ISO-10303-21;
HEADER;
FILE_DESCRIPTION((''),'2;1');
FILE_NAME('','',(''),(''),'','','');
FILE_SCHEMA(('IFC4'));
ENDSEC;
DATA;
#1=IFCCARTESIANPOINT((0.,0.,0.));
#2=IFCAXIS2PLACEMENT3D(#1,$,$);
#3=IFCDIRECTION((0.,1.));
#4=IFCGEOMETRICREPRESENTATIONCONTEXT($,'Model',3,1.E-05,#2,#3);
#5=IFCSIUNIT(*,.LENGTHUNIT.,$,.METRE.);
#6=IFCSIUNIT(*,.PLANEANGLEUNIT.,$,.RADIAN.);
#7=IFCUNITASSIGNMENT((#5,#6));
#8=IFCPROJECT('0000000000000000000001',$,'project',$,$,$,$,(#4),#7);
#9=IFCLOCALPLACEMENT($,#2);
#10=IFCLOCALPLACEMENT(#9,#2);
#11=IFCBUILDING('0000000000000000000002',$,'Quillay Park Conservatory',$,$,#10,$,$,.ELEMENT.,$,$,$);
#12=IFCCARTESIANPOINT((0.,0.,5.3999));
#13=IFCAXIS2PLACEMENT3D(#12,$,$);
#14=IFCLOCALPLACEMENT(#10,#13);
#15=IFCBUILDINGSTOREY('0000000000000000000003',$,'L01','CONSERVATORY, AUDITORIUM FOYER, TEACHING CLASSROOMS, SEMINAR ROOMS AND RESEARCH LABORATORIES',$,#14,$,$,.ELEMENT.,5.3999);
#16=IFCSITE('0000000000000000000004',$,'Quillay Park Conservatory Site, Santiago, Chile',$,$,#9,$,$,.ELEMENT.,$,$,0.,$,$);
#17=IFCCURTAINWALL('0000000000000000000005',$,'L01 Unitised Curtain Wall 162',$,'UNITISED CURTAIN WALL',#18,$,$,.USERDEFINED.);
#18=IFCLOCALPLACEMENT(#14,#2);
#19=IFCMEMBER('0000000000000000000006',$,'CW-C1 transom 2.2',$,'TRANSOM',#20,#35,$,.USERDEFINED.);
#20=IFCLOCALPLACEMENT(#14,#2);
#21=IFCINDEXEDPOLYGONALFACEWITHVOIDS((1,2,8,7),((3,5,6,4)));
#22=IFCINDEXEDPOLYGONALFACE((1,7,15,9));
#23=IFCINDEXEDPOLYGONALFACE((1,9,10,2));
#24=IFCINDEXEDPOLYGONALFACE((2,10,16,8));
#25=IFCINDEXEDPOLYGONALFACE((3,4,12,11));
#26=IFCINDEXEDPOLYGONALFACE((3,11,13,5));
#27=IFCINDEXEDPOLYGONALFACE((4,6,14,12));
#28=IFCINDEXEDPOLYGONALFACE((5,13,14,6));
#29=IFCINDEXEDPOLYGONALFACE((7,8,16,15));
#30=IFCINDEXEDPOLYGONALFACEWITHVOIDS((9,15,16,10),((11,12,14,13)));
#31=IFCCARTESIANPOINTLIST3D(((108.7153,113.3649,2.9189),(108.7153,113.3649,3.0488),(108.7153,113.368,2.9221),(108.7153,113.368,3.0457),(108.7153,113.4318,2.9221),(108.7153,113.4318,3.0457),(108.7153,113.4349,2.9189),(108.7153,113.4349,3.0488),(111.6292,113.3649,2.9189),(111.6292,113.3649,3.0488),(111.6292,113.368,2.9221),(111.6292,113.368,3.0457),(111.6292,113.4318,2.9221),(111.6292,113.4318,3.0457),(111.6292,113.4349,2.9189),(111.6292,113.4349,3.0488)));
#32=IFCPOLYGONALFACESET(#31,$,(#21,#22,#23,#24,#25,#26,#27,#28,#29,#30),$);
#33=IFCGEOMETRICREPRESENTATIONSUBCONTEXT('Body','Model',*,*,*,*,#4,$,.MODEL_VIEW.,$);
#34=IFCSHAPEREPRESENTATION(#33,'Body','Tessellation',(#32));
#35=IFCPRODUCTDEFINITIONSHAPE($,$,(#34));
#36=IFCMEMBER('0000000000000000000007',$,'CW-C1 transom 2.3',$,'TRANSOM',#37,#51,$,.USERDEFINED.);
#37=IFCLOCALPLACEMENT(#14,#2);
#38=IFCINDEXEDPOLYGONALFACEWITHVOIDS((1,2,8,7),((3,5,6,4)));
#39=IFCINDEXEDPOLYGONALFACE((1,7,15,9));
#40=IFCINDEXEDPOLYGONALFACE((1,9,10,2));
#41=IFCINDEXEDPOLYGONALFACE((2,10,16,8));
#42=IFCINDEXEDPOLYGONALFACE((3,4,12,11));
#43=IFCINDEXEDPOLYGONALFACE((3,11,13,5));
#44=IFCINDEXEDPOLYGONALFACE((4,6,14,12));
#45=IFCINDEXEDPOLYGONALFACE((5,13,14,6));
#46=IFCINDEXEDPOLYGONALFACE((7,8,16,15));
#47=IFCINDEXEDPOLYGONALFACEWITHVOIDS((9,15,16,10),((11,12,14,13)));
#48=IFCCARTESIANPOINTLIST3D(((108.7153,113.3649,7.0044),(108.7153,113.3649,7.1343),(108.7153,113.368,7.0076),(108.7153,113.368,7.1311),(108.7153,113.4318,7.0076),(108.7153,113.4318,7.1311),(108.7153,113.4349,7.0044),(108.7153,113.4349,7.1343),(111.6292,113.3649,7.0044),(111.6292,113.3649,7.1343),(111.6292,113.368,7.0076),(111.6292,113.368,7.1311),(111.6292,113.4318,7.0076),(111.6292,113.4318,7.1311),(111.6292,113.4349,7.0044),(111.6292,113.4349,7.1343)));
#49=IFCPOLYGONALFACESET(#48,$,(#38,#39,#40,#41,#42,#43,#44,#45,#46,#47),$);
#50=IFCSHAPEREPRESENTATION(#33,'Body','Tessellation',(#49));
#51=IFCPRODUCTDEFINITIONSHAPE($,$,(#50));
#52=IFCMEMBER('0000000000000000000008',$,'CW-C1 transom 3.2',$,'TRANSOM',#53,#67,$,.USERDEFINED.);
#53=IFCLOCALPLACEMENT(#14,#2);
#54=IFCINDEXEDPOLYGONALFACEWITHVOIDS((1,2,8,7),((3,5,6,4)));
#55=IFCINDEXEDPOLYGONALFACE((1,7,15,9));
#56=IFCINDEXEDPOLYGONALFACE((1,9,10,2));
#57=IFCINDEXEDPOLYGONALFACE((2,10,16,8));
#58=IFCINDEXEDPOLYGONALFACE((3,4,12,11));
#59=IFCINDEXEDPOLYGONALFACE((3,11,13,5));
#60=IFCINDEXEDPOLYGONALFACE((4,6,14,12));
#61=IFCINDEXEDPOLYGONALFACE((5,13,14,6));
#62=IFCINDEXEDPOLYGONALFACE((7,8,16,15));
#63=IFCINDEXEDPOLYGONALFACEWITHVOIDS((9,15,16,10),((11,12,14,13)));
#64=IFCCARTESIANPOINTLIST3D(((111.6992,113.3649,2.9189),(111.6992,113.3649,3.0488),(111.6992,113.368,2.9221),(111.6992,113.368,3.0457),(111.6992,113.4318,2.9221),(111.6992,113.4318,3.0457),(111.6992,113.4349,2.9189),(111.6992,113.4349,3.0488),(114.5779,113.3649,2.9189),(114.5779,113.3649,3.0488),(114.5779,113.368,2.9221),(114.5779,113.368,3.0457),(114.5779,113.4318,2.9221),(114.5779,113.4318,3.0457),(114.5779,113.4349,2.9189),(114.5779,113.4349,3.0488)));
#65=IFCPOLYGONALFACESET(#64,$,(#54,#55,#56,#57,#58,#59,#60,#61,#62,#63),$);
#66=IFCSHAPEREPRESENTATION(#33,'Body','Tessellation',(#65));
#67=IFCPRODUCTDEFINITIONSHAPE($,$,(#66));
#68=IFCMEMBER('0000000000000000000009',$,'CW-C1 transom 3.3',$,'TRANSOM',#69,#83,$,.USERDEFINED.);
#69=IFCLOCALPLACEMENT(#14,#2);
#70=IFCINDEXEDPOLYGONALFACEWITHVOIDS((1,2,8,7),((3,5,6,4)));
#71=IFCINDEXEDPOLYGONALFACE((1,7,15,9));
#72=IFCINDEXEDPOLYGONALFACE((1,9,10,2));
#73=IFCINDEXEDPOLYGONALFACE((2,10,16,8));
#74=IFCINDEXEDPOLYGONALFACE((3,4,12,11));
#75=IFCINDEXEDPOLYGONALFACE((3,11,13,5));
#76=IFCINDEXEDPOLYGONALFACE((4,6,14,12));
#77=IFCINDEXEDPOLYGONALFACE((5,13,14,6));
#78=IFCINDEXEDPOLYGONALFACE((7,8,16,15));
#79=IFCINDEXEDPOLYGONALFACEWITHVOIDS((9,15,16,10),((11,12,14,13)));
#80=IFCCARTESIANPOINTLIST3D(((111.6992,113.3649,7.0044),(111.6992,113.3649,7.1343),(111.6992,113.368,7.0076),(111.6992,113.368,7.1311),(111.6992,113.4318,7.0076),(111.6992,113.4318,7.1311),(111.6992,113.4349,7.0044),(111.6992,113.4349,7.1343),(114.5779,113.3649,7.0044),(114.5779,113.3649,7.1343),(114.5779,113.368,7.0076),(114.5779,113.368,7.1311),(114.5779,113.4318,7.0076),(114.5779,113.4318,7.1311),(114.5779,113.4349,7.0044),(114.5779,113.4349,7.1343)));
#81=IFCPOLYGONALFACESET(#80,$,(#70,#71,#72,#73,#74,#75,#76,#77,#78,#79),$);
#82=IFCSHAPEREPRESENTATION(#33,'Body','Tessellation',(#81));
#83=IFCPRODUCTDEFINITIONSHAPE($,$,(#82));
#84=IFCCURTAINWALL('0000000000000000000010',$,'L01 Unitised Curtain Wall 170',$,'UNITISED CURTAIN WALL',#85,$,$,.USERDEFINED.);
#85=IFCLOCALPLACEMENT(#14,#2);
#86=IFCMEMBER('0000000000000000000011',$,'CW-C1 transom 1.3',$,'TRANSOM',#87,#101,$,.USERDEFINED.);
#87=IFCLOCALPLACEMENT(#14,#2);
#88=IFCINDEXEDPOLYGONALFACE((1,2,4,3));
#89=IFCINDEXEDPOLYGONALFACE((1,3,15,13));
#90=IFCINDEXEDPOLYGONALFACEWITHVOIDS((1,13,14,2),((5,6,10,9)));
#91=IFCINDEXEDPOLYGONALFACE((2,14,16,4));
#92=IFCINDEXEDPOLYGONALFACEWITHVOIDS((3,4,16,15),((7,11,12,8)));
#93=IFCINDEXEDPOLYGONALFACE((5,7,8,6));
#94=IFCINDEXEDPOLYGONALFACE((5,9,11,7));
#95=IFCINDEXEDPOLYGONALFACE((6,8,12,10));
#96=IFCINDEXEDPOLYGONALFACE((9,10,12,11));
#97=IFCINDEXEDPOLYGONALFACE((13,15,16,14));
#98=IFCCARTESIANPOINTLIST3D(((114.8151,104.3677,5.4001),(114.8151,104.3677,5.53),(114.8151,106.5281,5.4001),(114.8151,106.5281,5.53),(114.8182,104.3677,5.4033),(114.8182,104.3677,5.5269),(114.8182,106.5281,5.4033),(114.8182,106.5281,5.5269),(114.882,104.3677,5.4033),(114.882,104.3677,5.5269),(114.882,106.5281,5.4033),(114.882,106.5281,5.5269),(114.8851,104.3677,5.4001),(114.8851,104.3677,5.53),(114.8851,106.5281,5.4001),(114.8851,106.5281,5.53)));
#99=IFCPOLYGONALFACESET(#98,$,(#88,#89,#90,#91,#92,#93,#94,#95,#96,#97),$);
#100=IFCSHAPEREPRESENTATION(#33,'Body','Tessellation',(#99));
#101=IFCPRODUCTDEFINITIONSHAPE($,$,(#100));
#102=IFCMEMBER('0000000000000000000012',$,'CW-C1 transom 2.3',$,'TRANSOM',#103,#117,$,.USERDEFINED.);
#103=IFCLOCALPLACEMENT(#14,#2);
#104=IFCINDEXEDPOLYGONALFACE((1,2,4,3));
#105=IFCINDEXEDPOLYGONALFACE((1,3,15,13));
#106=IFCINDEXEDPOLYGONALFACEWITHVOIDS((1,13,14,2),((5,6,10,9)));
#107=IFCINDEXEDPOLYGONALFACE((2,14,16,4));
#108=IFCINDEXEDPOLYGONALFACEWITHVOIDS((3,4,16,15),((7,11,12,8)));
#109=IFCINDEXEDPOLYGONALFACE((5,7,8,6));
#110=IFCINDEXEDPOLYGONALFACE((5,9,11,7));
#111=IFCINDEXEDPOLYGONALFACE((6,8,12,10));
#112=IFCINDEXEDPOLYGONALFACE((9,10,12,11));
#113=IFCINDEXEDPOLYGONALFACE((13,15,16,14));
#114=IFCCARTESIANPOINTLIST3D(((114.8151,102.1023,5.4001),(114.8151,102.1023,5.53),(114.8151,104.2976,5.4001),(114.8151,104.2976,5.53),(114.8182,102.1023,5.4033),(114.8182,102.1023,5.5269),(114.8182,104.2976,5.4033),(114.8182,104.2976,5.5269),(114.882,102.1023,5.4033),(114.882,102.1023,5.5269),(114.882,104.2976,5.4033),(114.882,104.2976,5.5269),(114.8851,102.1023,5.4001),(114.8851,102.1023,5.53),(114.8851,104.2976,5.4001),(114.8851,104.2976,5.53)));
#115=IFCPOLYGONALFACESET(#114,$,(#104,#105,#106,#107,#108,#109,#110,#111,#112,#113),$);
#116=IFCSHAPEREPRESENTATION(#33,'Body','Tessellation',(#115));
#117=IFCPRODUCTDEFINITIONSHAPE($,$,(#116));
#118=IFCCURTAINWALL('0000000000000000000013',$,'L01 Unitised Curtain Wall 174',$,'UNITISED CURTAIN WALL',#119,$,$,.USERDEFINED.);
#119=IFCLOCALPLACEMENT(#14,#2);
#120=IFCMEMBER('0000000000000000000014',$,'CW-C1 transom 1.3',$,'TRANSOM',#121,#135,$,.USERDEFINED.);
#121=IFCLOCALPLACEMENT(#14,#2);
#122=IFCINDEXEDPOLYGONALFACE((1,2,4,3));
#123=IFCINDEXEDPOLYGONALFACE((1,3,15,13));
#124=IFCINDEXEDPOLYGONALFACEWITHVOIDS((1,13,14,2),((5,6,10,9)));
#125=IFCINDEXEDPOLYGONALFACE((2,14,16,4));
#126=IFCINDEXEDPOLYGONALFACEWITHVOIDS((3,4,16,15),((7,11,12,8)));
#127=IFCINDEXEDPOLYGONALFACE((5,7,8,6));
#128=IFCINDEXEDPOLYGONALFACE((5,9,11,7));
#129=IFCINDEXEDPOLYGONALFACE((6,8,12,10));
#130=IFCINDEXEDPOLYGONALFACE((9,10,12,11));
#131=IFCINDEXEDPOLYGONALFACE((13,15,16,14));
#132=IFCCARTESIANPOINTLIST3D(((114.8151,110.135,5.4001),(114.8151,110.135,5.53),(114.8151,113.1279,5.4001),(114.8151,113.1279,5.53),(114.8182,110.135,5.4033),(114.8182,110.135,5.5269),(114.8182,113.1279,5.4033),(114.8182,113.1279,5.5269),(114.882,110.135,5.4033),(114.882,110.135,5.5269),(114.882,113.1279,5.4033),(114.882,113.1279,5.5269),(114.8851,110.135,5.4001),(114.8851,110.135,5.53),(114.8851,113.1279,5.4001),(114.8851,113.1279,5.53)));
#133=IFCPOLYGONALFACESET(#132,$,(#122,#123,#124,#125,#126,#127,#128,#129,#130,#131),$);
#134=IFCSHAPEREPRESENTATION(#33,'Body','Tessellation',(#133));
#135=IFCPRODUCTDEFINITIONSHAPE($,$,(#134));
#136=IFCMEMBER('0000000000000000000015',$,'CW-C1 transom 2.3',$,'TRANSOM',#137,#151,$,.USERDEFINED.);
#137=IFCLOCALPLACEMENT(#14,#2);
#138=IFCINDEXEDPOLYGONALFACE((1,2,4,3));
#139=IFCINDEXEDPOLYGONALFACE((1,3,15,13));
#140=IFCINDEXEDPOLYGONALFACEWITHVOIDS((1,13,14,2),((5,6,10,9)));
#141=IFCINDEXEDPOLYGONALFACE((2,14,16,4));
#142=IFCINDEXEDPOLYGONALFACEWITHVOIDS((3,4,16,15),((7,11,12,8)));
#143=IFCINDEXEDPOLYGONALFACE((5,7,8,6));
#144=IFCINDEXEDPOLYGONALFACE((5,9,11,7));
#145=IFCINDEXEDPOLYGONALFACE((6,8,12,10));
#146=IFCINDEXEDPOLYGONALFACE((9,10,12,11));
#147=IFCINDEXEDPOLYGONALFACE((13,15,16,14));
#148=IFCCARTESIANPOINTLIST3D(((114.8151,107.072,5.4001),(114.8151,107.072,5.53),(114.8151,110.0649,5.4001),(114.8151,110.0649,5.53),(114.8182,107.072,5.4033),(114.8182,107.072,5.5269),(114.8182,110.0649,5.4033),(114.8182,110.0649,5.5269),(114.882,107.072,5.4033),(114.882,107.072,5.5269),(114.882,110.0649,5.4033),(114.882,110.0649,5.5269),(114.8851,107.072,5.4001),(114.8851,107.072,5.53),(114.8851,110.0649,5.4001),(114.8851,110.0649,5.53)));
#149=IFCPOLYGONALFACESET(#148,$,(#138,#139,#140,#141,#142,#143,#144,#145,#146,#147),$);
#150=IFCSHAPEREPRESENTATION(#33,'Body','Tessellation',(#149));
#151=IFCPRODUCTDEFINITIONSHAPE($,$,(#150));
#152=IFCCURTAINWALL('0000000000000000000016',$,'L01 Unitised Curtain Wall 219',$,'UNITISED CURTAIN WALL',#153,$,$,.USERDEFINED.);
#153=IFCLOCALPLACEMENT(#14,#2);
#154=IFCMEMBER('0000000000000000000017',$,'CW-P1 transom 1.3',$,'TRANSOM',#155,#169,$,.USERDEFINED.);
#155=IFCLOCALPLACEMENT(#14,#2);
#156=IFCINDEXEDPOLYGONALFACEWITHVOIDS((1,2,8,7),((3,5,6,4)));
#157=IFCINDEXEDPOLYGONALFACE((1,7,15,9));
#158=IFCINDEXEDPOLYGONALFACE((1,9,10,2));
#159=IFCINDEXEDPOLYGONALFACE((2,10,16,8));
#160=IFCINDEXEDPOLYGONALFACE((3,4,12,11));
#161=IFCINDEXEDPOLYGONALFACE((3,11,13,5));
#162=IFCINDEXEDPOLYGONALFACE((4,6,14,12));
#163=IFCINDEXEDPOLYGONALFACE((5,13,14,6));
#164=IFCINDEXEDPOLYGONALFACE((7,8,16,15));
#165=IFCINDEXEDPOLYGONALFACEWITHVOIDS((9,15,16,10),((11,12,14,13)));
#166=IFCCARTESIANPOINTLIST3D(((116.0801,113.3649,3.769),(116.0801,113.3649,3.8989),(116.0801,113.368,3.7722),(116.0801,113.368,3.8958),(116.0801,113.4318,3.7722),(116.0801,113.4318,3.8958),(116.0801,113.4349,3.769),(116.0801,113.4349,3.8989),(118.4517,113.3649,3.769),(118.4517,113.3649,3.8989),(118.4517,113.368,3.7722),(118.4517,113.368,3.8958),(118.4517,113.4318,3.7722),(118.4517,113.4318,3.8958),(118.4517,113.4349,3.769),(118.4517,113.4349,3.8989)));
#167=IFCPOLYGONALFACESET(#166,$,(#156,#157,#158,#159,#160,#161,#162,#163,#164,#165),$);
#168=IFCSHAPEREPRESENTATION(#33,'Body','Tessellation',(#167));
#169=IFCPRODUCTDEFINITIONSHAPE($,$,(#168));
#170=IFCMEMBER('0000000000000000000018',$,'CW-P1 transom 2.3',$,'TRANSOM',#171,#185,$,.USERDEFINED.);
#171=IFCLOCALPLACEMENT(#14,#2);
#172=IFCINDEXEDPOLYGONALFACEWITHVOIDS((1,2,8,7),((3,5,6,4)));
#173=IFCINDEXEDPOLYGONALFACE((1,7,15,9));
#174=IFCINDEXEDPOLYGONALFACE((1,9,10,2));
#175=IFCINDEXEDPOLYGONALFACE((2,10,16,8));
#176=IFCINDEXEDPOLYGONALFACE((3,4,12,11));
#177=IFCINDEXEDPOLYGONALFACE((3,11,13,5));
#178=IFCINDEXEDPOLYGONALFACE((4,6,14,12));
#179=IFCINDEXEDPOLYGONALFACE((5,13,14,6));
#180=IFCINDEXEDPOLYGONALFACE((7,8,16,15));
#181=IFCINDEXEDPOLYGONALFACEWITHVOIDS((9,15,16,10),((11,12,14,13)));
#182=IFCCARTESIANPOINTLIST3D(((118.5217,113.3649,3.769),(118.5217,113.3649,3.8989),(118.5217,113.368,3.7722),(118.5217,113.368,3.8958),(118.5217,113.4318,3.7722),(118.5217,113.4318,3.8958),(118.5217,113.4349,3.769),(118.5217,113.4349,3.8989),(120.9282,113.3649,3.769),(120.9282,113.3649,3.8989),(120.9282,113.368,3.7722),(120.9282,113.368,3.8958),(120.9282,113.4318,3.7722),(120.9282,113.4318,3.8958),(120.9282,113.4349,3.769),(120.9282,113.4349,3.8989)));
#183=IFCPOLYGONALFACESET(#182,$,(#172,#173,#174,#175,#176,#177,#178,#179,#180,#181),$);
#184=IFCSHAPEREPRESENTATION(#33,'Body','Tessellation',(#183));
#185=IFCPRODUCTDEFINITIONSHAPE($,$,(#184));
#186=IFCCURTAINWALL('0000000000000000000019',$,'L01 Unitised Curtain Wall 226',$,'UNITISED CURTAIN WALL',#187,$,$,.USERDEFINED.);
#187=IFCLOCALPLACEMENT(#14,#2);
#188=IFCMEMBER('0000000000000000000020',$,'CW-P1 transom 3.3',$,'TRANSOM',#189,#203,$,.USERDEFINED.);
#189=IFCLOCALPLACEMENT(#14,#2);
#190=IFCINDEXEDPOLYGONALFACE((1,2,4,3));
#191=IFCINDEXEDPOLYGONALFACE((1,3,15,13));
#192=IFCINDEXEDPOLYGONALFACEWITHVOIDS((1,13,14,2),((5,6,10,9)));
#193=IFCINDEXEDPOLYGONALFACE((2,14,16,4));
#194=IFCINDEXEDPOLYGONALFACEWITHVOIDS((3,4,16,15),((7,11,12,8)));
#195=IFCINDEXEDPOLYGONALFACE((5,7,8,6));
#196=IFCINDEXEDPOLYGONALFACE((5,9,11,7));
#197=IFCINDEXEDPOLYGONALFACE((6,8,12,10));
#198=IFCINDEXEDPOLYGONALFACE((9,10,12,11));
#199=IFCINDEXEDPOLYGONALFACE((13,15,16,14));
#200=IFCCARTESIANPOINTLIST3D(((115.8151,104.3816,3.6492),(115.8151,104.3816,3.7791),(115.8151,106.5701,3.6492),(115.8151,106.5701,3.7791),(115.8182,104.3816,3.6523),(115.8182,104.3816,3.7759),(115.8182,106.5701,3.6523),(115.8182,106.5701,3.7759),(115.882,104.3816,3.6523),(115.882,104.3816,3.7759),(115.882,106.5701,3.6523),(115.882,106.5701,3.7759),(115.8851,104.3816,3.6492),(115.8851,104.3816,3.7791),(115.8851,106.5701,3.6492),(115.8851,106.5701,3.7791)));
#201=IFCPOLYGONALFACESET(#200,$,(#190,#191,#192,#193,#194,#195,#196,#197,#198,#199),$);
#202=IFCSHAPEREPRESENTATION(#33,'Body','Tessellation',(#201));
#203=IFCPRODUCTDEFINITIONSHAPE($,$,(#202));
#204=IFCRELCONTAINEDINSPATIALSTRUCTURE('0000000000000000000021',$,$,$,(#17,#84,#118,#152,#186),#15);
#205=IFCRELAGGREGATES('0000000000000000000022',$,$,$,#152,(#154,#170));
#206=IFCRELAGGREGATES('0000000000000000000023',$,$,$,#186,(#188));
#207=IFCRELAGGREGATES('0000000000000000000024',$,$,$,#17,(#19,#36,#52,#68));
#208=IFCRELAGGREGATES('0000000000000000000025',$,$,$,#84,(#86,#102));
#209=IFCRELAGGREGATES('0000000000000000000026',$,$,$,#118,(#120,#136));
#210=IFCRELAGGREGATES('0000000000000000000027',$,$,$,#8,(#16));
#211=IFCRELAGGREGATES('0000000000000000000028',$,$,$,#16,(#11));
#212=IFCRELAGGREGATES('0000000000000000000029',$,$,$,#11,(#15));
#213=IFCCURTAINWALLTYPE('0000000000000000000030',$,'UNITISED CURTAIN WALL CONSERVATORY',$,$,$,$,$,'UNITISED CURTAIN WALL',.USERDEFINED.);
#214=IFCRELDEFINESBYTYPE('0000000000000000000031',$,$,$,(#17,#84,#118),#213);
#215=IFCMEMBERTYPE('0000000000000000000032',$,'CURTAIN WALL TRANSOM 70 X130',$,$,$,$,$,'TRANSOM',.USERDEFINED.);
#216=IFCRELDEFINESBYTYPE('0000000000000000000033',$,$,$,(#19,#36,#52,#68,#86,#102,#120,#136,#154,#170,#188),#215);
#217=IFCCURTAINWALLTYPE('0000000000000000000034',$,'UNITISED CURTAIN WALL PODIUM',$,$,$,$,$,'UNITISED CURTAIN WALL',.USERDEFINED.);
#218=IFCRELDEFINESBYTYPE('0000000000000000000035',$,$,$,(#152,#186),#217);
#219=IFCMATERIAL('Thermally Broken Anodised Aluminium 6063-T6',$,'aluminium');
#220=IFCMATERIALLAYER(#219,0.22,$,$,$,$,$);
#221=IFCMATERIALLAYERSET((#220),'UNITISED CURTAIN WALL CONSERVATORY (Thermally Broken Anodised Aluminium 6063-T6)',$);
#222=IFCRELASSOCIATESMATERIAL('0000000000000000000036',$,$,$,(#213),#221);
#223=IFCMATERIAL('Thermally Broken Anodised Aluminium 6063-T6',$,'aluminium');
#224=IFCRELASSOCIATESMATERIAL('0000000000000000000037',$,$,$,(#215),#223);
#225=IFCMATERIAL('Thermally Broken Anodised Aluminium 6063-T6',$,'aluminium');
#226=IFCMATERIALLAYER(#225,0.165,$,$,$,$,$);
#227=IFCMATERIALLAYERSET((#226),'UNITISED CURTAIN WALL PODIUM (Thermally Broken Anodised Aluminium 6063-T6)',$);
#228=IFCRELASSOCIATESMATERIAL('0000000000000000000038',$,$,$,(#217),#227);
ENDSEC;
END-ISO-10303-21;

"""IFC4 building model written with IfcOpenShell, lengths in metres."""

from ifc_helpers import new_model, si_unit, direction, frame, origin, origin_2d, place, context, subcontext, project, spatial, hollow_rectangle, extrude, material, layer, layer_set, material_profile, profile_set, type_object, element, aggregate, save


model = new_model("IFC4")

# Units and contexts
model_context = context("Model", 3, precision=1e-05, world=origin(), true_north=direction((0.0, 1.0)))
body_context = subcontext(model_context, "Body", "Model", "MODEL_VIEW")
ifc_project = project(units=[si_unit("LENGTHUNIT", "METRE"), si_unit("PLANEANGLEUNIT", "RADIAN")], contexts=[model_context])

# Site, building, storey
site_placement = place(None, origin())
site = spatial("IfcSite", under=ifc_project, at=site_placement, Name="Quillay Park Conservatory Site, Santiago, Chile", CompositionType="ELEMENT", RefElevation=0.0)
building_placement = place(site_placement, origin())
building = spatial("IfcBuilding", under=site, at=building_placement, Name="Quillay Park Conservatory", CompositionType="ELEMENT")
storey_placement = place(building_placement, frame((0.0, 0.0, 5.3999)))
storey = spatial("IfcBuildingStorey", under=building, at=storey_placement, Name="L01", Description="CONSERVATORY, AUDITORIUM FOYER, TEACHING CLASSROOMS, SEMINAR ROOMS AND RESEARCH LABORATORIES", CompositionType="ELEMENT", Elevation=5.3999)

# Curtain walls, members
ifc_material_1 = material(Name="Thermally Broken Anodised Aluminium 6063-T6", Category="aluminium")
ifc_layer_1 = layer(ifc_material_1, 0.22)
ifc_layer_set_1 = layer_set([ifc_layer_1], Name="UNITISED CURTAIN WALL CONSERVATORY (Thermally Broken Anodised Aluminium 6063-T6)")
curtain_wall_type_1 = type_object("IfcCurtainWallType", Name="UNITISED CURTAIN WALL CONSERVATORY", ElementType="UNITISED CURTAIN WALL", PredefinedType="USERDEFINED", material=ifc_layer_set_1)
curtain_wall_1_placement = place(storey_placement, origin())
curtain_wall_1 = element("IfcCurtainWall", 1, at=curtain_wall_1_placement, inside=storey, type_object=curtain_wall_type_1, Name="L01 Unitised Curtain Wall 162", ObjectType="UNITISED CURTAIN WALL", PredefinedType="USERDEFINED")
ifc_material_2 = material(Name="Thermally Broken Anodised Aluminium 6063-T6", Category="aluminium")
ifc_material_profile = material_profile(ifc_material_2, hollow_rectangle(XDim=0.0701, YDim=0.1299, WallThickness=0.0032, at=origin_2d()), Name="AL70x130x3.2")
ifc_profile_set = profile_set([ifc_material_profile], Name="Thermally Broken Anodised Aluminium 6063-T6")
member_type = type_object("IfcMemberType", Name="CURTAIN WALL TRANSOM 70 X130", ElementType="TRANSOM", PredefinedType="USERDEFINED", material=ifc_profile_set)
member_1_placement = place(storey_placement, frame((108.7153, 113.3999, 2.9839), z_axis=(1.0, 0.0, 0.0), x_axis=(0.0, 1.0, 0.0)))
member_1 = element("IfcMember", 2, at=member_1_placement, type_object=member_type, Name="CW-C1 transom 2.2", ObjectType="TRANSOM", PredefinedType="USERDEFINED", context=body_context, shape_type="SweptSolid", body=[
    extrude(hollow_rectangle(XDim=0.0701, YDim=0.1299, WallThickness=0.0032, at=origin_2d()), origin(), (0.0, 0.0, 1.0), 2.9138),
])
member_2_placement = place(storey_placement, frame((108.7153, 113.3999, 7.0693), z_axis=(1.0, 0.0, 0.0), x_axis=(0.0, 1.0, 0.0)))
member_2 = element("IfcMember", 3, at=member_2_placement, type_object=member_type, Name="CW-C1 transom 2.3", ObjectType="TRANSOM", PredefinedType="USERDEFINED", context=body_context, shape_type="SweptSolid", body=[
    extrude(hollow_rectangle(XDim=0.0701, YDim=0.1299, WallThickness=0.0032, at=origin_2d()), origin(), (0.0, 0.0, 1.0), 2.9138),
])
member_3_placement = place(storey_placement, frame((111.6992, 113.3999, 2.9839), z_axis=(1.0, 0.0, 0.0), x_axis=(0.0, 1.0, 0.0)))
member_3 = element("IfcMember", 4, at=member_3_placement, type_object=member_type, Name="CW-C1 transom 3.2", ObjectType="TRANSOM", PredefinedType="USERDEFINED", context=body_context, shape_type="SweptSolid", body=[
    extrude(hollow_rectangle(XDim=0.0701, YDim=0.1299, WallThickness=0.0032, at=origin_2d()), origin(), (0.0, 0.0, 1.0), 2.8787),
])
member_4_placement = place(storey_placement, frame((111.6992, 113.3999, 7.0693), z_axis=(1.0, 0.0, 0.0), x_axis=(0.0, 1.0, 0.0)))
member_4 = element("IfcMember", 5, at=member_4_placement, type_object=member_type, Name="CW-C1 transom 3.3", ObjectType="TRANSOM", PredefinedType="USERDEFINED", context=body_context, shape_type="SweptSolid", body=[
    extrude(hollow_rectangle(XDim=0.0701, YDim=0.1299, WallThickness=0.0032, at=origin_2d()), origin(), (0.0, 0.0, 1.0), 2.8787),
])
curtain_wall_2_placement = place(storey_placement, origin())
curtain_wall_2 = element("IfcCurtainWall", 6, at=curtain_wall_2_placement, inside=storey, type_object=curtain_wall_type_1, Name="L01 Unitised Curtain Wall 170", ObjectType="UNITISED CURTAIN WALL", PredefinedType="USERDEFINED")
member_5_placement = place(storey_placement, frame((114.8501, 106.5281, 5.4651), z_axis=(0.0, -1.0, 0.0), x_axis=(1.0, 0.0, 0.0)))
member_5 = element("IfcMember", 7, at=member_5_placement, type_object=member_type, Name="CW-C1 transom 1.3", ObjectType="TRANSOM", PredefinedType="USERDEFINED", context=body_context, shape_type="SweptSolid", body=[
    extrude(hollow_rectangle(XDim=0.0701, YDim=0.1299, WallThickness=0.0032, at=origin_2d()), origin(), (0.0, 0.0, 1.0), 2.1604),
])
member_6_placement = place(storey_placement, frame((114.8501, 104.2976, 5.4651), z_axis=(0.0, -1.0, 0.0), x_axis=(1.0, 0.0, 0.0)))
member_6 = element("IfcMember", 8, at=member_6_placement, type_object=member_type, Name="CW-C1 transom 2.3", ObjectType="TRANSOM", PredefinedType="USERDEFINED", context=body_context, shape_type="SweptSolid", body=[
    extrude(hollow_rectangle(XDim=0.0701, YDim=0.1299, WallThickness=0.0032, at=origin_2d()), origin(), (0.0, 0.0, 1.0), 2.1953),
])
curtain_wall_3_placement = place(storey_placement, origin())
curtain_wall_3 = element("IfcCurtainWall", 9, at=curtain_wall_3_placement, inside=storey, type_object=curtain_wall_type_1, Name="L01 Unitised Curtain Wall 174", ObjectType="UNITISED CURTAIN WALL", PredefinedType="USERDEFINED")
member_7_placement = place(storey_placement, frame((114.8501, 113.1279, 5.4651), z_axis=(0.0, -1.0, 0.0), x_axis=(1.0, 0.0, 0.0)))
member_7 = element("IfcMember", 10, at=member_7_placement, type_object=member_type, Name="CW-C1 transom 1.3", ObjectType="TRANSOM", PredefinedType="USERDEFINED", context=body_context, shape_type="SweptSolid", body=[
    extrude(hollow_rectangle(XDim=0.0701, YDim=0.1299, WallThickness=0.0032, at=origin_2d()), origin(), (0.0, 0.0, 1.0), 2.9929),
])
member_8_placement = place(storey_placement, frame((114.8501, 110.0649, 5.4651), z_axis=(0.0, -1.0, 0.0), x_axis=(1.0, 0.0, 0.0)))
member_8 = element("IfcMember", 11, at=member_8_placement, type_object=member_type, Name="CW-C1 transom 2.3", ObjectType="TRANSOM", PredefinedType="USERDEFINED", context=body_context, shape_type="SweptSolid", body=[
    extrude(hollow_rectangle(XDim=0.0701, YDim=0.1299, WallThickness=0.0032, at=origin_2d()), origin(), (0.0, 0.0, 1.0), 2.9929),
])
ifc_material_3 = material(Name="Thermally Broken Anodised Aluminium 6063-T6", Category="aluminium")
ifc_layer_2 = layer(ifc_material_3, 0.165)
ifc_layer_set_2 = layer_set([ifc_layer_2], Name="UNITISED CURTAIN WALL PODIUM (Thermally Broken Anodised Aluminium 6063-T6)")
curtain_wall_type_2 = type_object("IfcCurtainWallType", Name="UNITISED CURTAIN WALL PODIUM", ElementType="UNITISED CURTAIN WALL", PredefinedType="USERDEFINED", material=ifc_layer_set_2)
curtain_wall_4_placement = place(storey_placement, origin())
curtain_wall_4 = element("IfcCurtainWall", 12, at=curtain_wall_4_placement, inside=storey, type_object=curtain_wall_type_2, Name="L01 Unitised Curtain Wall 219", ObjectType="UNITISED CURTAIN WALL", PredefinedType="USERDEFINED")
member_9_placement = place(storey_placement, frame((116.0801, 113.3999, 3.834), z_axis=(1.0, 0.0, 0.0), x_axis=(0.0, 1.0, 0.0)))
member_9 = element("IfcMember", 13, at=member_9_placement, type_object=member_type, Name="CW-P1 transom 1.3", ObjectType="TRANSOM", PredefinedType="USERDEFINED", context=body_context, shape_type="SweptSolid", body=[
    extrude(hollow_rectangle(XDim=0.0701, YDim=0.1299, WallThickness=0.0032, at=origin_2d()), origin(), (0.0, 0.0, 1.0), 2.3716),
])
member_10_placement = place(storey_placement, frame((118.5217, 113.3999, 3.834), z_axis=(1.0, 0.0, 0.0), x_axis=(0.0, 1.0, 0.0)))
member_10 = element("IfcMember", 14, at=member_10_placement, type_object=member_type, Name="CW-P1 transom 2.3", ObjectType="TRANSOM", PredefinedType="USERDEFINED", context=body_context, shape_type="SweptSolid", body=[
    extrude(hollow_rectangle(XDim=0.0701, YDim=0.1299, WallThickness=0.0032, at=origin_2d()), origin(), (0.0, 0.0, 1.0), 2.4065),
])
aggregate(curtain_wall_4, [member_9, member_10])

# Curtain wall, member
curtain_wall_5_placement = place(storey_placement, origin())
curtain_wall_5 = element("IfcCurtainWall", 15, at=curtain_wall_5_placement, inside=storey, type_object=curtain_wall_type_2, Name="L01 Unitised Curtain Wall 226", ObjectType="UNITISED CURTAIN WALL", PredefinedType="USERDEFINED")
member_11_placement = place(storey_placement, frame((115.8501, 104.3816, 3.7141), z_axis=(0.0, 1.0, 0.0), x_axis=(-1.0, 0.0, 0.0)))
member_11 = element("IfcMember", 16, at=member_11_placement, type_object=member_type, Name="CW-P1 transom 3.3", ObjectType="TRANSOM", PredefinedType="USERDEFINED", context=body_context, shape_type="SweptSolid", body=[
    extrude(hollow_rectangle(XDim=0.0701, YDim=0.1299, WallThickness=0.0032, at=origin_2d()), origin(), (0.0, 0.0, 1.0), 2.1885),
])
aggregate(curtain_wall_5, [member_11])

aggregate(curtain_wall_1, [member_1, member_2, member_3, member_4])
aggregate(curtain_wall_2, [member_5, member_6])
aggregate(curtain_wall_3, [member_7, member_8])

save(model, "model.ifc")
